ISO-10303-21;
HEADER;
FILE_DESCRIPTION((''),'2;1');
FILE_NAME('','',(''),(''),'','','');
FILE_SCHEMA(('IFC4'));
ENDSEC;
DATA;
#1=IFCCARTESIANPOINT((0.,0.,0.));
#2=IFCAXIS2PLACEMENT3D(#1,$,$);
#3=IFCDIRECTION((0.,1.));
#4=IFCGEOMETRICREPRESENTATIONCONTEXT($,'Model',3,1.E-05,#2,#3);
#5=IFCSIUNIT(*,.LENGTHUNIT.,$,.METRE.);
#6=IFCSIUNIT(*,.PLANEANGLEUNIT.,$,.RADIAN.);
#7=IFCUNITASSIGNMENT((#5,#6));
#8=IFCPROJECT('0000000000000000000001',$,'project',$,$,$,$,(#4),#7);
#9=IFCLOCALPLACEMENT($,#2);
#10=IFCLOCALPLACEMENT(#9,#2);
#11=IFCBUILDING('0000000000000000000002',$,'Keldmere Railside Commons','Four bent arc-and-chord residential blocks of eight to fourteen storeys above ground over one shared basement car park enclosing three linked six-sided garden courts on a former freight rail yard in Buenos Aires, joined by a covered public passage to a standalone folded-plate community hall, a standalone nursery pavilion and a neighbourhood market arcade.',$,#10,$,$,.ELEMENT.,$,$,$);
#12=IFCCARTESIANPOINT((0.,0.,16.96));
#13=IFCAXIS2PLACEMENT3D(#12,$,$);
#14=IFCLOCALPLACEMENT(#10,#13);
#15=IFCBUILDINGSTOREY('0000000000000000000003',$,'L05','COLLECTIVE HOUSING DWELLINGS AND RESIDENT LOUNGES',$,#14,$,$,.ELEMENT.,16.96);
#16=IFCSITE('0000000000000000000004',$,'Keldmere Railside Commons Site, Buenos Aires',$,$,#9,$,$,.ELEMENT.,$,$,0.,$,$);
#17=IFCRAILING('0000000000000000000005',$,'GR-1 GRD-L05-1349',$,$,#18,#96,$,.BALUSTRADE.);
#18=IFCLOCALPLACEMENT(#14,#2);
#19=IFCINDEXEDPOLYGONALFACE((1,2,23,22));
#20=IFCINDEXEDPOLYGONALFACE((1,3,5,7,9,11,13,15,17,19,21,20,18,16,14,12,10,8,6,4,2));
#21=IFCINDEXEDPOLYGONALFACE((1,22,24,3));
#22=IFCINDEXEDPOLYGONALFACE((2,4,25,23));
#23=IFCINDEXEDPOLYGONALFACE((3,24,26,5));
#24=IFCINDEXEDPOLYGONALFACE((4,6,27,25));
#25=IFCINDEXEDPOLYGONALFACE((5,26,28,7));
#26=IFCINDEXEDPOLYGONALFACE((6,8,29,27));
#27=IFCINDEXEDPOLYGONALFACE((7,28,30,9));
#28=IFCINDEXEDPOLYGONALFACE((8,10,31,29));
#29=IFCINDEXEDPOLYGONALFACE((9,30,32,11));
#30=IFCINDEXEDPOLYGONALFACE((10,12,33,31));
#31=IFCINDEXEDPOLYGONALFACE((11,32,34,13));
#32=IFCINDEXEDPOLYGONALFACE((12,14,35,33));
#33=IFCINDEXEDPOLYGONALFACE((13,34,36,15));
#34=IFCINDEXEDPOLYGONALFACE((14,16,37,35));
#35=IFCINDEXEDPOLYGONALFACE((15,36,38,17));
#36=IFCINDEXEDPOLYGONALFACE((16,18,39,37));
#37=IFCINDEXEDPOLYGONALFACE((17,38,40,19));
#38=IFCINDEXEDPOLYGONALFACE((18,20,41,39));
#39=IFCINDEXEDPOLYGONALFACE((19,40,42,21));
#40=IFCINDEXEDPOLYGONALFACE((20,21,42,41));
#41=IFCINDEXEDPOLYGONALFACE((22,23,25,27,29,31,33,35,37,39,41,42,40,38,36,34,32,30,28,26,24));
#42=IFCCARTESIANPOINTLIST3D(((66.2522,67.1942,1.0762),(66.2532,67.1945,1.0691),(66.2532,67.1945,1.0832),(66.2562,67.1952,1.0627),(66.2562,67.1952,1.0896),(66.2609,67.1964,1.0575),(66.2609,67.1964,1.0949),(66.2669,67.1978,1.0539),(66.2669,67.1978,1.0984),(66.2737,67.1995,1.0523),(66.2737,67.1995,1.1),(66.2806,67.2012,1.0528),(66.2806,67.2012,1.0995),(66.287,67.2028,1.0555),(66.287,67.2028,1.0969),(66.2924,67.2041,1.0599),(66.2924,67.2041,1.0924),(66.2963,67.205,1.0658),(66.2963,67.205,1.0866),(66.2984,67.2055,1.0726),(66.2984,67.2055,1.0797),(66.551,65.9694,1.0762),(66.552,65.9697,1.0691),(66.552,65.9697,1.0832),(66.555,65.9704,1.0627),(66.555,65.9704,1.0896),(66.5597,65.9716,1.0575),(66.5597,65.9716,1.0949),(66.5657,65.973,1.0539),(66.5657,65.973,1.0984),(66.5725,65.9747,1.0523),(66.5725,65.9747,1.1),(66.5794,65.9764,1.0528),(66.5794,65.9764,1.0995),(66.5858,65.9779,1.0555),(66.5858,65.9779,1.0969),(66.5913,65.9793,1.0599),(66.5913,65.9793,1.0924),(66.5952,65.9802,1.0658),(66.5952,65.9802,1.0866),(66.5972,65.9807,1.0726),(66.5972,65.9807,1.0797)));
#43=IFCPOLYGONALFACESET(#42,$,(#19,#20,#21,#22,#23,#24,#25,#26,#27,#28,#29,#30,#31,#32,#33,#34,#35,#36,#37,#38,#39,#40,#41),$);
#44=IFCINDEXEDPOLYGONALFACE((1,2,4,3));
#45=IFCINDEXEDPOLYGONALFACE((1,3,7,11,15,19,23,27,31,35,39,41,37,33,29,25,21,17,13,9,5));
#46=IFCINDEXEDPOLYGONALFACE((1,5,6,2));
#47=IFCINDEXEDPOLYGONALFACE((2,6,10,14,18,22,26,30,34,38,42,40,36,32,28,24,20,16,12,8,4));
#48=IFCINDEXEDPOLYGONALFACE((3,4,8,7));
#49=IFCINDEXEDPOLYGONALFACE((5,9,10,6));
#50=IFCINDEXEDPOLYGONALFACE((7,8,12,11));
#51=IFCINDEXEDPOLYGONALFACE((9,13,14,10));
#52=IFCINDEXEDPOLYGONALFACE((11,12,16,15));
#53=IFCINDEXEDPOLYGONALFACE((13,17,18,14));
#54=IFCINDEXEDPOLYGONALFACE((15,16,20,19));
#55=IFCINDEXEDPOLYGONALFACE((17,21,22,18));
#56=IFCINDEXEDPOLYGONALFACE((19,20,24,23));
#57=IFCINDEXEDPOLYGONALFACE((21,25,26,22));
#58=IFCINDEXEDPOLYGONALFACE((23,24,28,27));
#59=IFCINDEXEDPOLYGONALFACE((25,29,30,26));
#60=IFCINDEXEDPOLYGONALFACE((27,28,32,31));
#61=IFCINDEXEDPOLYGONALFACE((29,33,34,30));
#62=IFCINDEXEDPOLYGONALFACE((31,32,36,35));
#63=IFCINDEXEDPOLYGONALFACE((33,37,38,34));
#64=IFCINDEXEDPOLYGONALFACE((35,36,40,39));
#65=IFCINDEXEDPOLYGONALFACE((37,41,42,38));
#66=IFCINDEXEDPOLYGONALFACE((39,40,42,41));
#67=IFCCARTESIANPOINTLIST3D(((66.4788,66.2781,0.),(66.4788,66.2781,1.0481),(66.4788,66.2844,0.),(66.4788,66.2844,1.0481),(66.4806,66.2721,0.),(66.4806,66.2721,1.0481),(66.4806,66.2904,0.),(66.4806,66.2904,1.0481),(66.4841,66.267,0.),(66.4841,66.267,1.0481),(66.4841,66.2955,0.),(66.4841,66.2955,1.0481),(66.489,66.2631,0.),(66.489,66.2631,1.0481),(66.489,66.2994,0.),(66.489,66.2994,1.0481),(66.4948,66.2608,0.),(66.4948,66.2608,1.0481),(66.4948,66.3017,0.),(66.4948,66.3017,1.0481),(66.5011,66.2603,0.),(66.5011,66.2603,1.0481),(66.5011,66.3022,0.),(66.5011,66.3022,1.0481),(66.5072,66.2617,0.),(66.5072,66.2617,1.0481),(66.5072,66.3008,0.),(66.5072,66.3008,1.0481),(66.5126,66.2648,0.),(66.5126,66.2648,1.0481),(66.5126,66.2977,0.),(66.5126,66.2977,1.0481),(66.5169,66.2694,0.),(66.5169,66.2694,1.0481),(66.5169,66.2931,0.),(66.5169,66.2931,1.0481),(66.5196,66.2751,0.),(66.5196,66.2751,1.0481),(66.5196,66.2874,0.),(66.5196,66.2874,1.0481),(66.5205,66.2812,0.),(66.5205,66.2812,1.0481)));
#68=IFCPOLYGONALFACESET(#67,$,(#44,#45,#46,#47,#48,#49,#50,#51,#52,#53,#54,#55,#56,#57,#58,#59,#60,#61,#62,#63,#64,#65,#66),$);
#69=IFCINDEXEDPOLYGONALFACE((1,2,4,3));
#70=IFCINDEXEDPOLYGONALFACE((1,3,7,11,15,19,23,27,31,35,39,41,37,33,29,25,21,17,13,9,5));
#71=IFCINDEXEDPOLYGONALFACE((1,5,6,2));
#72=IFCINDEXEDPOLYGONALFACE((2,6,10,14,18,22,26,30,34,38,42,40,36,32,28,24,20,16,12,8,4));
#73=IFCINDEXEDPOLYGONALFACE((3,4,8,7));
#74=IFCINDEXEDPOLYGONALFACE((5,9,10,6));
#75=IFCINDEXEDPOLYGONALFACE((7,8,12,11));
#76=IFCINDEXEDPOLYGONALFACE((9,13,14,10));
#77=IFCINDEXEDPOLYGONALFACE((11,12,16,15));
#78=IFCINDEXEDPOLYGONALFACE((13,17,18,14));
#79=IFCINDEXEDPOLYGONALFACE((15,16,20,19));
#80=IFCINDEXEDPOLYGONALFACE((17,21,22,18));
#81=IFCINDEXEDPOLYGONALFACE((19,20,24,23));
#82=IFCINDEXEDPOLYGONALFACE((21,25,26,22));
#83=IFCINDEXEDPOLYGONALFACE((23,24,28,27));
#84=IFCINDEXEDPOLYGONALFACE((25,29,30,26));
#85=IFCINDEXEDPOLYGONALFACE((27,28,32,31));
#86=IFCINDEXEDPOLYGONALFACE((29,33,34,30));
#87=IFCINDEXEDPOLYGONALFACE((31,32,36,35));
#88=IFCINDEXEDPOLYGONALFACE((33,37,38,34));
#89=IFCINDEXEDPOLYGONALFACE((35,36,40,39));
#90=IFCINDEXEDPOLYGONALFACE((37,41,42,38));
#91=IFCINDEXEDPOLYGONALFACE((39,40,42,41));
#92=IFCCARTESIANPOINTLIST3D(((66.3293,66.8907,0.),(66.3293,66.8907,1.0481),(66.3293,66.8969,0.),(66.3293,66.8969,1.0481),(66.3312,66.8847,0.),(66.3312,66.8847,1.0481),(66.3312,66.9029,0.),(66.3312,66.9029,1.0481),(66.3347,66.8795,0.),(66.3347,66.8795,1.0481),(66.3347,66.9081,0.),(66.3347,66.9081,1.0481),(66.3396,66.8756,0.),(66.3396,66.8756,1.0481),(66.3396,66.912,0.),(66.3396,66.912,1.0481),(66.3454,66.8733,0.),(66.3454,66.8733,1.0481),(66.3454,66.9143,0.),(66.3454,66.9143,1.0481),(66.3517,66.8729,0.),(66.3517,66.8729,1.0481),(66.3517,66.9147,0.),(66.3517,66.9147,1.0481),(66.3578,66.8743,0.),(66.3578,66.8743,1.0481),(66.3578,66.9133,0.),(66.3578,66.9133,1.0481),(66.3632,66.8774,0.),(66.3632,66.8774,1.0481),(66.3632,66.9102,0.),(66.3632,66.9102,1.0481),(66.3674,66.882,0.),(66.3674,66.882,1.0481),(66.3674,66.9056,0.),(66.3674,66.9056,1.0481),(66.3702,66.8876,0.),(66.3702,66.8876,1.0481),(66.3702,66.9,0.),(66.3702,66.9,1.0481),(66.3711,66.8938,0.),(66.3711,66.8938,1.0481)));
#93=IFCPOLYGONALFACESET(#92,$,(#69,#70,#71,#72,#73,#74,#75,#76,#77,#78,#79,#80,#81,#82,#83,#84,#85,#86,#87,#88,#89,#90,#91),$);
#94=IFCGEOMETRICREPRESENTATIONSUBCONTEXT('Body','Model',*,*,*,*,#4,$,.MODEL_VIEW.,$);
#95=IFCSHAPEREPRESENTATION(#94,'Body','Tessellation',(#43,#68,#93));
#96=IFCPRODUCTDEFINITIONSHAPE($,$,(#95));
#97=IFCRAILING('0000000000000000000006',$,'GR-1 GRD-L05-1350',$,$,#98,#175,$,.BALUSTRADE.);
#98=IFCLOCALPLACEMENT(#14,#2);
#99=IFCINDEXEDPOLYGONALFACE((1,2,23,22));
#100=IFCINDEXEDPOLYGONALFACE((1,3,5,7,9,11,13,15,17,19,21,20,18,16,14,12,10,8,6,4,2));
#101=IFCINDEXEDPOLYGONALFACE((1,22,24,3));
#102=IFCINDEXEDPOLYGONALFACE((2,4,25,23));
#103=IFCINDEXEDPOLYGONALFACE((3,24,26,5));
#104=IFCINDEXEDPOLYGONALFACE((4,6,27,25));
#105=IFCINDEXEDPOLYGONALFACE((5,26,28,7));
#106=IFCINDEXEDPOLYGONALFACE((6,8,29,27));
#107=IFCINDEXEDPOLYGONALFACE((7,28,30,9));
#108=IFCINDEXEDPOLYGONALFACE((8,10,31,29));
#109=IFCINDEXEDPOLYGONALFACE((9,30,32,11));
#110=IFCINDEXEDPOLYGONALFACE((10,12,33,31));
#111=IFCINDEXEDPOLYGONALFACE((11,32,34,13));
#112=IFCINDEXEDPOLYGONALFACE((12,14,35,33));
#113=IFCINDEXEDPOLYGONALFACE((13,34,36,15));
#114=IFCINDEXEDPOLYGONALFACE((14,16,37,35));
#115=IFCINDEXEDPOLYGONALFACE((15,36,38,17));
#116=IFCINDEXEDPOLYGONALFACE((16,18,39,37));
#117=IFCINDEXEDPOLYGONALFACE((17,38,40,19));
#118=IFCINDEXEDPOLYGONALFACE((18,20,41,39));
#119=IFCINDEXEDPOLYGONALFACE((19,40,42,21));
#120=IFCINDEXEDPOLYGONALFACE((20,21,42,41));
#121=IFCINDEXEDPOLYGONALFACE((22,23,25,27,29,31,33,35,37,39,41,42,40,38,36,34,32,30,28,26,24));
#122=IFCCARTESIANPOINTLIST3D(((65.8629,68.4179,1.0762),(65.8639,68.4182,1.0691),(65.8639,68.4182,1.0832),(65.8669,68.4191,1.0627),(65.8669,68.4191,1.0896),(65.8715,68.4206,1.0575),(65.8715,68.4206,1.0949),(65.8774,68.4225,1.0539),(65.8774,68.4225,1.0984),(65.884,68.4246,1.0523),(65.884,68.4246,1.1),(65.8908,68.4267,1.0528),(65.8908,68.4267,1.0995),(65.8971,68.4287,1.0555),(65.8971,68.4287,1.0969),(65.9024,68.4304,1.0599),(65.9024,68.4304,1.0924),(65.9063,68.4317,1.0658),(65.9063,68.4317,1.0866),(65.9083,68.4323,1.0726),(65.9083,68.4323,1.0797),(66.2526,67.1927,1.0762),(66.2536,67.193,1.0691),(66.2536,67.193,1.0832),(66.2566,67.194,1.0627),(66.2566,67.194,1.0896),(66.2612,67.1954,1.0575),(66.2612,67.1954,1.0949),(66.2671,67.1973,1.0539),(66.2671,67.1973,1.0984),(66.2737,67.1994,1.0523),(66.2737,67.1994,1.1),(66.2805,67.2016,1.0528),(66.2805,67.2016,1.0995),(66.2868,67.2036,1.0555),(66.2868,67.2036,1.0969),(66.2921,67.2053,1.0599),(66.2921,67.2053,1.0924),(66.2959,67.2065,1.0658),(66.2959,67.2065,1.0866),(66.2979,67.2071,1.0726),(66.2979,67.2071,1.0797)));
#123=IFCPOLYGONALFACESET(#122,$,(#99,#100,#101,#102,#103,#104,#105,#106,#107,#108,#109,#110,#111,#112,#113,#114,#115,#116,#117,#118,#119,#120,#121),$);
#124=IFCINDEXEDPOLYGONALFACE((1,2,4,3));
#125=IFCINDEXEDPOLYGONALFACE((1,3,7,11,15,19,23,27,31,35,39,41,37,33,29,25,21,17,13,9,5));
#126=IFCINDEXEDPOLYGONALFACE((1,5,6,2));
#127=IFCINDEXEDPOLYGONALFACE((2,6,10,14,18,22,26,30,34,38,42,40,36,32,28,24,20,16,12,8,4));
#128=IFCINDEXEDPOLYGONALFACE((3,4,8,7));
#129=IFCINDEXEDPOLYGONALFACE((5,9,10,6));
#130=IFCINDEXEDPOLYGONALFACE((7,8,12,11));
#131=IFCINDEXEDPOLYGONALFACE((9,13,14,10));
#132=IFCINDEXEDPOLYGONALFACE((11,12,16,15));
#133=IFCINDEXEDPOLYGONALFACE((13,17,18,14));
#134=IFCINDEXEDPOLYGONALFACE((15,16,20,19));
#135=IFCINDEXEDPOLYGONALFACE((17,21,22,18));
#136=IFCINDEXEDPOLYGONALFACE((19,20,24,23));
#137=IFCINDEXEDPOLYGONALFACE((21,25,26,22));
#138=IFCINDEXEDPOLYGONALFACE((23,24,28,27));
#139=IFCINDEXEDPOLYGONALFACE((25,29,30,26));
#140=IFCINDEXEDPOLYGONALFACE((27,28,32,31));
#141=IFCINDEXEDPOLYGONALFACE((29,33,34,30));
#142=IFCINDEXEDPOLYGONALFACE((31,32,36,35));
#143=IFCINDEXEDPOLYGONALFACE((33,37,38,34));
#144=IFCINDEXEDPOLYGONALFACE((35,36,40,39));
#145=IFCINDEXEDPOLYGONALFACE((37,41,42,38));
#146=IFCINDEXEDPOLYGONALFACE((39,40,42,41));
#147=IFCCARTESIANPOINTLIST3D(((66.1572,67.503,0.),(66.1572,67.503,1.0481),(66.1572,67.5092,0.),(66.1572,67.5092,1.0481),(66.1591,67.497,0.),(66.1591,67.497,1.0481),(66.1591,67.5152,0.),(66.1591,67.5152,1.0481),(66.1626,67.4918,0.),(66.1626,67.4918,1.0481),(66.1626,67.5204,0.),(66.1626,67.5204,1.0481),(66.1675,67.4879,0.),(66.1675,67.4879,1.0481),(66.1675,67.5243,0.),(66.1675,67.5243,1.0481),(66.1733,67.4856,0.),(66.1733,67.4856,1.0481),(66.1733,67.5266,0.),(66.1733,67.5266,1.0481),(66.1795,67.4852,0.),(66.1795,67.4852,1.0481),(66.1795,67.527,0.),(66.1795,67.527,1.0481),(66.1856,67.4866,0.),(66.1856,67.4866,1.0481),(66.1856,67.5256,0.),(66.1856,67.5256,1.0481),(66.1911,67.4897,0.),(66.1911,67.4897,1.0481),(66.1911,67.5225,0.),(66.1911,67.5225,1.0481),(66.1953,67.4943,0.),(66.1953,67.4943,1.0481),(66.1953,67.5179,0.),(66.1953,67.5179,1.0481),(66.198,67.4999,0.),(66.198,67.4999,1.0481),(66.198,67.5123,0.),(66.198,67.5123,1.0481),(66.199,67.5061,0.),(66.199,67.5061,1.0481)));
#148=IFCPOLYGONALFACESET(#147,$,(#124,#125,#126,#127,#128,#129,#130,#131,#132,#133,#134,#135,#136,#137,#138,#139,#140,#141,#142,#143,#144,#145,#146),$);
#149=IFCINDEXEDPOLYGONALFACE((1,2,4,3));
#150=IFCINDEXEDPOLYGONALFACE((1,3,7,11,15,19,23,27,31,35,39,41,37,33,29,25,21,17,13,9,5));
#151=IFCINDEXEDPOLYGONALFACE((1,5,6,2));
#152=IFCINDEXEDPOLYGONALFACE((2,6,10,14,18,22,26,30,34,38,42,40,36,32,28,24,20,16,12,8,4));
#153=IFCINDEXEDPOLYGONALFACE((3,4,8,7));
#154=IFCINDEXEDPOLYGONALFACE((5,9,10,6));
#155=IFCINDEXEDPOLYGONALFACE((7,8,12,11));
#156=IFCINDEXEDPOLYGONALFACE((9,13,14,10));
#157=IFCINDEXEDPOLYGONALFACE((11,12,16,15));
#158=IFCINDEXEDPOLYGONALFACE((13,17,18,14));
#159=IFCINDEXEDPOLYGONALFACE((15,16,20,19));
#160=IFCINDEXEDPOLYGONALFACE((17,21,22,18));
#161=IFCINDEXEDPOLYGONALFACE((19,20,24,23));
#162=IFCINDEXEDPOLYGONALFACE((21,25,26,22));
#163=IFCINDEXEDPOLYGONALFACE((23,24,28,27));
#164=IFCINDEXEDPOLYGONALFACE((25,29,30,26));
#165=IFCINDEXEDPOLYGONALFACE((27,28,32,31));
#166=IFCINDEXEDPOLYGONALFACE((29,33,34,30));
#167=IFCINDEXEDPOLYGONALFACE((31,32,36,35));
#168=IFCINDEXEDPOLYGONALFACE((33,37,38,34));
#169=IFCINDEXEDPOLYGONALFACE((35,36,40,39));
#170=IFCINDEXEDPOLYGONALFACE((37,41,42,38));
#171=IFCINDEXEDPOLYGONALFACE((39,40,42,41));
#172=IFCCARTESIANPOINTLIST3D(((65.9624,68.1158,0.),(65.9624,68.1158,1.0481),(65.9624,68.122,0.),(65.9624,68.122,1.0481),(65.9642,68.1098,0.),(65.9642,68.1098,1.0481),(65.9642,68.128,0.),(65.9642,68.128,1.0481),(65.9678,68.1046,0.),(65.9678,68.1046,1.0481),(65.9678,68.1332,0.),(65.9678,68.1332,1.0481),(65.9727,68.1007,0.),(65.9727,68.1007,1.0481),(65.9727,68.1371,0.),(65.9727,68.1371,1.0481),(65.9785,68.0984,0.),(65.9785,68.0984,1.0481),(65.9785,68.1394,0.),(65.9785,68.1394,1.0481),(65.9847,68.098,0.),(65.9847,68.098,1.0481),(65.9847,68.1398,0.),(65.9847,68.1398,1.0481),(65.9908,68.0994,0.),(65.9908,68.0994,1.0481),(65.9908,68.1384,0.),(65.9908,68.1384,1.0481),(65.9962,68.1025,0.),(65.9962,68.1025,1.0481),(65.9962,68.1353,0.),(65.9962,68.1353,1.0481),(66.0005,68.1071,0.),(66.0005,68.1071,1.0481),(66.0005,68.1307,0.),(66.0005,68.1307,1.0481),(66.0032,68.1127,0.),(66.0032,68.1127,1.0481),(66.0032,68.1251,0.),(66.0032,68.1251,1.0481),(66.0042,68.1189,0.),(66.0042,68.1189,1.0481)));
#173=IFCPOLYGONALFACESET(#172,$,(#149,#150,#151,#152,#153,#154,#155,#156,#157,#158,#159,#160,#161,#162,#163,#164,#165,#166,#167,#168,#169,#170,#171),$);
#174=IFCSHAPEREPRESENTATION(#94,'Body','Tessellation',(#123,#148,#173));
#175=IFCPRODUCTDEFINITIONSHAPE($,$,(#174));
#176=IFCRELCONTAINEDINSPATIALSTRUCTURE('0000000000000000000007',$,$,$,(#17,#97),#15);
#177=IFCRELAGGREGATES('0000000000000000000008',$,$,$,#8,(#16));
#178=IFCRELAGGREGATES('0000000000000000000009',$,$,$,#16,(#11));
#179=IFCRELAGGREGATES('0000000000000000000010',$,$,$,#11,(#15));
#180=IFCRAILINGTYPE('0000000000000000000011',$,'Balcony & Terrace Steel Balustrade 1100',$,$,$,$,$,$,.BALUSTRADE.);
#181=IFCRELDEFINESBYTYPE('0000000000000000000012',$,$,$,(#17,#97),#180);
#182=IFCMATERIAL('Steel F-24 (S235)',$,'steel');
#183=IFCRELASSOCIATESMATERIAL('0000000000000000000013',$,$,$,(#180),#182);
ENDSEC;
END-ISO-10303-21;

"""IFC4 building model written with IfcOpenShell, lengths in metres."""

from ifc_helpers import new_model, si_unit, direction, frame, origin, origin_2d, place, context, subcontext, project, spatial, circle, extrude, material, type_object, element, save


model = new_model("IFC4")

# Units and contexts
model_context = context("Model", 3, precision=1e-05, world=origin(), true_north=direction((0.0, 1.0)))
body_context = subcontext(model_context, "Body", "Model", "MODEL_VIEW")
ifc_project = project(units=[si_unit("LENGTHUNIT", "METRE"), si_unit("PLANEANGLEUNIT", "RADIAN")], contexts=[model_context])

# Site, building, storey
site_placement = place(None, origin())
site = spatial("IfcSite", under=ifc_project, at=site_placement, Name="Keldmere Railside Commons Site, Buenos Aires", CompositionType="ELEMENT", RefElevation=0.0)
building_placement = place(site_placement, origin())
building = spatial("IfcBuilding", under=site, at=building_placement, Name="Keldmere Railside Commons", Description="Four bent arc-and-chord residential blocks of eight to fourteen storeys above ground over one shared basement car park enclosing three linked six-sided garden courts on a former freight rail yard in Buenos Aires, joined by a covered public passage to a standalone folded-plate community hall, a standalone nursery pavilion and a neighbourhood market arcade.", CompositionType="ELEMENT")
storey_placement = place(building_placement, frame((0.0, 0.0, 16.96)))
storey = spatial("IfcBuildingStorey", under=building, at=storey_placement, Name="L05", Description="COLLECTIVE HOUSING DWELLINGS AND RESIDENT LOUNGES", CompositionType="ELEMENT", Elevation=16.96)

# Railings
ifc_material_1 = material(Name="Steel F-24 (S235)", Category="steel")
railing_type_1 = type_object("IfcRailingType", Name="Balcony & Terrace Steel Balustrade 1100", PredefinedType="BALUSTRADE", material=ifc_material_1)
railing_1_placement = place(storey_placement, frame((66.5742, 65.9751, 0.0)))
element("IfcRailing", 1, at=railing_1_placement, inside=storey, type_object=railing_type_1, Name="GR-1 GRD-L05-1349", PredefinedType="BALUSTRADE", context=body_context, shape_type="SweptSolid", body=[
    extrude(circle(Radius=0.0239, at=origin_2d()), frame((0.0, 0.0, 1.0762), z_axis=(-0.237019, 0.971505, 0.0), x_axis=(-0.971505, -0.237019, 0.0)), (0.0, 0.0, 1.0), 1.2607),
    extrude(circle(Radius=0.021, at=origin_2d()), frame((-0.0747, 0.3062, 0.0)), (0.0, 0.0, 1.0), 1.0481),
    extrude(circle(Radius=0.021, at=origin_2d()), frame((-0.2241, 0.9187, 0.0)), (0.0, 0.0, 1.0), 1.0481),
])
railing_2_placement = place(storey_placement, frame((66.2754, 67.2, 0.0)))
element("IfcRailing", 2, at=railing_2_placement, inside=storey, type_object=railing_type_1, Name="GR-1 GRD-L05-1350", PredefinedType="BALUSTRADE", context=body_context, shape_type="SweptSolid", body=[
    extrude(circle(Radius=0.0239, at=origin_2d()), frame((0.0, 0.0, 1.0762), z_axis=(-0.303094, 0.952961, 0.0), x_axis=(-0.952961, -0.303094, 0.0)), (0.0, 0.0, 1.0), 1.2856),
    extrude(circle(Radius=0.021, at=origin_2d()), frame((-0.0974, 0.3062, 0.0)), (0.0, 0.0, 1.0), 1.0481),
    extrude(circle(Radius=0.021, at=origin_2d()), frame((-0.2922, 0.9189, 0.0)), (0.0, 0.0, 1.0), 1.0481),
])

save(model, "model.ifc")
